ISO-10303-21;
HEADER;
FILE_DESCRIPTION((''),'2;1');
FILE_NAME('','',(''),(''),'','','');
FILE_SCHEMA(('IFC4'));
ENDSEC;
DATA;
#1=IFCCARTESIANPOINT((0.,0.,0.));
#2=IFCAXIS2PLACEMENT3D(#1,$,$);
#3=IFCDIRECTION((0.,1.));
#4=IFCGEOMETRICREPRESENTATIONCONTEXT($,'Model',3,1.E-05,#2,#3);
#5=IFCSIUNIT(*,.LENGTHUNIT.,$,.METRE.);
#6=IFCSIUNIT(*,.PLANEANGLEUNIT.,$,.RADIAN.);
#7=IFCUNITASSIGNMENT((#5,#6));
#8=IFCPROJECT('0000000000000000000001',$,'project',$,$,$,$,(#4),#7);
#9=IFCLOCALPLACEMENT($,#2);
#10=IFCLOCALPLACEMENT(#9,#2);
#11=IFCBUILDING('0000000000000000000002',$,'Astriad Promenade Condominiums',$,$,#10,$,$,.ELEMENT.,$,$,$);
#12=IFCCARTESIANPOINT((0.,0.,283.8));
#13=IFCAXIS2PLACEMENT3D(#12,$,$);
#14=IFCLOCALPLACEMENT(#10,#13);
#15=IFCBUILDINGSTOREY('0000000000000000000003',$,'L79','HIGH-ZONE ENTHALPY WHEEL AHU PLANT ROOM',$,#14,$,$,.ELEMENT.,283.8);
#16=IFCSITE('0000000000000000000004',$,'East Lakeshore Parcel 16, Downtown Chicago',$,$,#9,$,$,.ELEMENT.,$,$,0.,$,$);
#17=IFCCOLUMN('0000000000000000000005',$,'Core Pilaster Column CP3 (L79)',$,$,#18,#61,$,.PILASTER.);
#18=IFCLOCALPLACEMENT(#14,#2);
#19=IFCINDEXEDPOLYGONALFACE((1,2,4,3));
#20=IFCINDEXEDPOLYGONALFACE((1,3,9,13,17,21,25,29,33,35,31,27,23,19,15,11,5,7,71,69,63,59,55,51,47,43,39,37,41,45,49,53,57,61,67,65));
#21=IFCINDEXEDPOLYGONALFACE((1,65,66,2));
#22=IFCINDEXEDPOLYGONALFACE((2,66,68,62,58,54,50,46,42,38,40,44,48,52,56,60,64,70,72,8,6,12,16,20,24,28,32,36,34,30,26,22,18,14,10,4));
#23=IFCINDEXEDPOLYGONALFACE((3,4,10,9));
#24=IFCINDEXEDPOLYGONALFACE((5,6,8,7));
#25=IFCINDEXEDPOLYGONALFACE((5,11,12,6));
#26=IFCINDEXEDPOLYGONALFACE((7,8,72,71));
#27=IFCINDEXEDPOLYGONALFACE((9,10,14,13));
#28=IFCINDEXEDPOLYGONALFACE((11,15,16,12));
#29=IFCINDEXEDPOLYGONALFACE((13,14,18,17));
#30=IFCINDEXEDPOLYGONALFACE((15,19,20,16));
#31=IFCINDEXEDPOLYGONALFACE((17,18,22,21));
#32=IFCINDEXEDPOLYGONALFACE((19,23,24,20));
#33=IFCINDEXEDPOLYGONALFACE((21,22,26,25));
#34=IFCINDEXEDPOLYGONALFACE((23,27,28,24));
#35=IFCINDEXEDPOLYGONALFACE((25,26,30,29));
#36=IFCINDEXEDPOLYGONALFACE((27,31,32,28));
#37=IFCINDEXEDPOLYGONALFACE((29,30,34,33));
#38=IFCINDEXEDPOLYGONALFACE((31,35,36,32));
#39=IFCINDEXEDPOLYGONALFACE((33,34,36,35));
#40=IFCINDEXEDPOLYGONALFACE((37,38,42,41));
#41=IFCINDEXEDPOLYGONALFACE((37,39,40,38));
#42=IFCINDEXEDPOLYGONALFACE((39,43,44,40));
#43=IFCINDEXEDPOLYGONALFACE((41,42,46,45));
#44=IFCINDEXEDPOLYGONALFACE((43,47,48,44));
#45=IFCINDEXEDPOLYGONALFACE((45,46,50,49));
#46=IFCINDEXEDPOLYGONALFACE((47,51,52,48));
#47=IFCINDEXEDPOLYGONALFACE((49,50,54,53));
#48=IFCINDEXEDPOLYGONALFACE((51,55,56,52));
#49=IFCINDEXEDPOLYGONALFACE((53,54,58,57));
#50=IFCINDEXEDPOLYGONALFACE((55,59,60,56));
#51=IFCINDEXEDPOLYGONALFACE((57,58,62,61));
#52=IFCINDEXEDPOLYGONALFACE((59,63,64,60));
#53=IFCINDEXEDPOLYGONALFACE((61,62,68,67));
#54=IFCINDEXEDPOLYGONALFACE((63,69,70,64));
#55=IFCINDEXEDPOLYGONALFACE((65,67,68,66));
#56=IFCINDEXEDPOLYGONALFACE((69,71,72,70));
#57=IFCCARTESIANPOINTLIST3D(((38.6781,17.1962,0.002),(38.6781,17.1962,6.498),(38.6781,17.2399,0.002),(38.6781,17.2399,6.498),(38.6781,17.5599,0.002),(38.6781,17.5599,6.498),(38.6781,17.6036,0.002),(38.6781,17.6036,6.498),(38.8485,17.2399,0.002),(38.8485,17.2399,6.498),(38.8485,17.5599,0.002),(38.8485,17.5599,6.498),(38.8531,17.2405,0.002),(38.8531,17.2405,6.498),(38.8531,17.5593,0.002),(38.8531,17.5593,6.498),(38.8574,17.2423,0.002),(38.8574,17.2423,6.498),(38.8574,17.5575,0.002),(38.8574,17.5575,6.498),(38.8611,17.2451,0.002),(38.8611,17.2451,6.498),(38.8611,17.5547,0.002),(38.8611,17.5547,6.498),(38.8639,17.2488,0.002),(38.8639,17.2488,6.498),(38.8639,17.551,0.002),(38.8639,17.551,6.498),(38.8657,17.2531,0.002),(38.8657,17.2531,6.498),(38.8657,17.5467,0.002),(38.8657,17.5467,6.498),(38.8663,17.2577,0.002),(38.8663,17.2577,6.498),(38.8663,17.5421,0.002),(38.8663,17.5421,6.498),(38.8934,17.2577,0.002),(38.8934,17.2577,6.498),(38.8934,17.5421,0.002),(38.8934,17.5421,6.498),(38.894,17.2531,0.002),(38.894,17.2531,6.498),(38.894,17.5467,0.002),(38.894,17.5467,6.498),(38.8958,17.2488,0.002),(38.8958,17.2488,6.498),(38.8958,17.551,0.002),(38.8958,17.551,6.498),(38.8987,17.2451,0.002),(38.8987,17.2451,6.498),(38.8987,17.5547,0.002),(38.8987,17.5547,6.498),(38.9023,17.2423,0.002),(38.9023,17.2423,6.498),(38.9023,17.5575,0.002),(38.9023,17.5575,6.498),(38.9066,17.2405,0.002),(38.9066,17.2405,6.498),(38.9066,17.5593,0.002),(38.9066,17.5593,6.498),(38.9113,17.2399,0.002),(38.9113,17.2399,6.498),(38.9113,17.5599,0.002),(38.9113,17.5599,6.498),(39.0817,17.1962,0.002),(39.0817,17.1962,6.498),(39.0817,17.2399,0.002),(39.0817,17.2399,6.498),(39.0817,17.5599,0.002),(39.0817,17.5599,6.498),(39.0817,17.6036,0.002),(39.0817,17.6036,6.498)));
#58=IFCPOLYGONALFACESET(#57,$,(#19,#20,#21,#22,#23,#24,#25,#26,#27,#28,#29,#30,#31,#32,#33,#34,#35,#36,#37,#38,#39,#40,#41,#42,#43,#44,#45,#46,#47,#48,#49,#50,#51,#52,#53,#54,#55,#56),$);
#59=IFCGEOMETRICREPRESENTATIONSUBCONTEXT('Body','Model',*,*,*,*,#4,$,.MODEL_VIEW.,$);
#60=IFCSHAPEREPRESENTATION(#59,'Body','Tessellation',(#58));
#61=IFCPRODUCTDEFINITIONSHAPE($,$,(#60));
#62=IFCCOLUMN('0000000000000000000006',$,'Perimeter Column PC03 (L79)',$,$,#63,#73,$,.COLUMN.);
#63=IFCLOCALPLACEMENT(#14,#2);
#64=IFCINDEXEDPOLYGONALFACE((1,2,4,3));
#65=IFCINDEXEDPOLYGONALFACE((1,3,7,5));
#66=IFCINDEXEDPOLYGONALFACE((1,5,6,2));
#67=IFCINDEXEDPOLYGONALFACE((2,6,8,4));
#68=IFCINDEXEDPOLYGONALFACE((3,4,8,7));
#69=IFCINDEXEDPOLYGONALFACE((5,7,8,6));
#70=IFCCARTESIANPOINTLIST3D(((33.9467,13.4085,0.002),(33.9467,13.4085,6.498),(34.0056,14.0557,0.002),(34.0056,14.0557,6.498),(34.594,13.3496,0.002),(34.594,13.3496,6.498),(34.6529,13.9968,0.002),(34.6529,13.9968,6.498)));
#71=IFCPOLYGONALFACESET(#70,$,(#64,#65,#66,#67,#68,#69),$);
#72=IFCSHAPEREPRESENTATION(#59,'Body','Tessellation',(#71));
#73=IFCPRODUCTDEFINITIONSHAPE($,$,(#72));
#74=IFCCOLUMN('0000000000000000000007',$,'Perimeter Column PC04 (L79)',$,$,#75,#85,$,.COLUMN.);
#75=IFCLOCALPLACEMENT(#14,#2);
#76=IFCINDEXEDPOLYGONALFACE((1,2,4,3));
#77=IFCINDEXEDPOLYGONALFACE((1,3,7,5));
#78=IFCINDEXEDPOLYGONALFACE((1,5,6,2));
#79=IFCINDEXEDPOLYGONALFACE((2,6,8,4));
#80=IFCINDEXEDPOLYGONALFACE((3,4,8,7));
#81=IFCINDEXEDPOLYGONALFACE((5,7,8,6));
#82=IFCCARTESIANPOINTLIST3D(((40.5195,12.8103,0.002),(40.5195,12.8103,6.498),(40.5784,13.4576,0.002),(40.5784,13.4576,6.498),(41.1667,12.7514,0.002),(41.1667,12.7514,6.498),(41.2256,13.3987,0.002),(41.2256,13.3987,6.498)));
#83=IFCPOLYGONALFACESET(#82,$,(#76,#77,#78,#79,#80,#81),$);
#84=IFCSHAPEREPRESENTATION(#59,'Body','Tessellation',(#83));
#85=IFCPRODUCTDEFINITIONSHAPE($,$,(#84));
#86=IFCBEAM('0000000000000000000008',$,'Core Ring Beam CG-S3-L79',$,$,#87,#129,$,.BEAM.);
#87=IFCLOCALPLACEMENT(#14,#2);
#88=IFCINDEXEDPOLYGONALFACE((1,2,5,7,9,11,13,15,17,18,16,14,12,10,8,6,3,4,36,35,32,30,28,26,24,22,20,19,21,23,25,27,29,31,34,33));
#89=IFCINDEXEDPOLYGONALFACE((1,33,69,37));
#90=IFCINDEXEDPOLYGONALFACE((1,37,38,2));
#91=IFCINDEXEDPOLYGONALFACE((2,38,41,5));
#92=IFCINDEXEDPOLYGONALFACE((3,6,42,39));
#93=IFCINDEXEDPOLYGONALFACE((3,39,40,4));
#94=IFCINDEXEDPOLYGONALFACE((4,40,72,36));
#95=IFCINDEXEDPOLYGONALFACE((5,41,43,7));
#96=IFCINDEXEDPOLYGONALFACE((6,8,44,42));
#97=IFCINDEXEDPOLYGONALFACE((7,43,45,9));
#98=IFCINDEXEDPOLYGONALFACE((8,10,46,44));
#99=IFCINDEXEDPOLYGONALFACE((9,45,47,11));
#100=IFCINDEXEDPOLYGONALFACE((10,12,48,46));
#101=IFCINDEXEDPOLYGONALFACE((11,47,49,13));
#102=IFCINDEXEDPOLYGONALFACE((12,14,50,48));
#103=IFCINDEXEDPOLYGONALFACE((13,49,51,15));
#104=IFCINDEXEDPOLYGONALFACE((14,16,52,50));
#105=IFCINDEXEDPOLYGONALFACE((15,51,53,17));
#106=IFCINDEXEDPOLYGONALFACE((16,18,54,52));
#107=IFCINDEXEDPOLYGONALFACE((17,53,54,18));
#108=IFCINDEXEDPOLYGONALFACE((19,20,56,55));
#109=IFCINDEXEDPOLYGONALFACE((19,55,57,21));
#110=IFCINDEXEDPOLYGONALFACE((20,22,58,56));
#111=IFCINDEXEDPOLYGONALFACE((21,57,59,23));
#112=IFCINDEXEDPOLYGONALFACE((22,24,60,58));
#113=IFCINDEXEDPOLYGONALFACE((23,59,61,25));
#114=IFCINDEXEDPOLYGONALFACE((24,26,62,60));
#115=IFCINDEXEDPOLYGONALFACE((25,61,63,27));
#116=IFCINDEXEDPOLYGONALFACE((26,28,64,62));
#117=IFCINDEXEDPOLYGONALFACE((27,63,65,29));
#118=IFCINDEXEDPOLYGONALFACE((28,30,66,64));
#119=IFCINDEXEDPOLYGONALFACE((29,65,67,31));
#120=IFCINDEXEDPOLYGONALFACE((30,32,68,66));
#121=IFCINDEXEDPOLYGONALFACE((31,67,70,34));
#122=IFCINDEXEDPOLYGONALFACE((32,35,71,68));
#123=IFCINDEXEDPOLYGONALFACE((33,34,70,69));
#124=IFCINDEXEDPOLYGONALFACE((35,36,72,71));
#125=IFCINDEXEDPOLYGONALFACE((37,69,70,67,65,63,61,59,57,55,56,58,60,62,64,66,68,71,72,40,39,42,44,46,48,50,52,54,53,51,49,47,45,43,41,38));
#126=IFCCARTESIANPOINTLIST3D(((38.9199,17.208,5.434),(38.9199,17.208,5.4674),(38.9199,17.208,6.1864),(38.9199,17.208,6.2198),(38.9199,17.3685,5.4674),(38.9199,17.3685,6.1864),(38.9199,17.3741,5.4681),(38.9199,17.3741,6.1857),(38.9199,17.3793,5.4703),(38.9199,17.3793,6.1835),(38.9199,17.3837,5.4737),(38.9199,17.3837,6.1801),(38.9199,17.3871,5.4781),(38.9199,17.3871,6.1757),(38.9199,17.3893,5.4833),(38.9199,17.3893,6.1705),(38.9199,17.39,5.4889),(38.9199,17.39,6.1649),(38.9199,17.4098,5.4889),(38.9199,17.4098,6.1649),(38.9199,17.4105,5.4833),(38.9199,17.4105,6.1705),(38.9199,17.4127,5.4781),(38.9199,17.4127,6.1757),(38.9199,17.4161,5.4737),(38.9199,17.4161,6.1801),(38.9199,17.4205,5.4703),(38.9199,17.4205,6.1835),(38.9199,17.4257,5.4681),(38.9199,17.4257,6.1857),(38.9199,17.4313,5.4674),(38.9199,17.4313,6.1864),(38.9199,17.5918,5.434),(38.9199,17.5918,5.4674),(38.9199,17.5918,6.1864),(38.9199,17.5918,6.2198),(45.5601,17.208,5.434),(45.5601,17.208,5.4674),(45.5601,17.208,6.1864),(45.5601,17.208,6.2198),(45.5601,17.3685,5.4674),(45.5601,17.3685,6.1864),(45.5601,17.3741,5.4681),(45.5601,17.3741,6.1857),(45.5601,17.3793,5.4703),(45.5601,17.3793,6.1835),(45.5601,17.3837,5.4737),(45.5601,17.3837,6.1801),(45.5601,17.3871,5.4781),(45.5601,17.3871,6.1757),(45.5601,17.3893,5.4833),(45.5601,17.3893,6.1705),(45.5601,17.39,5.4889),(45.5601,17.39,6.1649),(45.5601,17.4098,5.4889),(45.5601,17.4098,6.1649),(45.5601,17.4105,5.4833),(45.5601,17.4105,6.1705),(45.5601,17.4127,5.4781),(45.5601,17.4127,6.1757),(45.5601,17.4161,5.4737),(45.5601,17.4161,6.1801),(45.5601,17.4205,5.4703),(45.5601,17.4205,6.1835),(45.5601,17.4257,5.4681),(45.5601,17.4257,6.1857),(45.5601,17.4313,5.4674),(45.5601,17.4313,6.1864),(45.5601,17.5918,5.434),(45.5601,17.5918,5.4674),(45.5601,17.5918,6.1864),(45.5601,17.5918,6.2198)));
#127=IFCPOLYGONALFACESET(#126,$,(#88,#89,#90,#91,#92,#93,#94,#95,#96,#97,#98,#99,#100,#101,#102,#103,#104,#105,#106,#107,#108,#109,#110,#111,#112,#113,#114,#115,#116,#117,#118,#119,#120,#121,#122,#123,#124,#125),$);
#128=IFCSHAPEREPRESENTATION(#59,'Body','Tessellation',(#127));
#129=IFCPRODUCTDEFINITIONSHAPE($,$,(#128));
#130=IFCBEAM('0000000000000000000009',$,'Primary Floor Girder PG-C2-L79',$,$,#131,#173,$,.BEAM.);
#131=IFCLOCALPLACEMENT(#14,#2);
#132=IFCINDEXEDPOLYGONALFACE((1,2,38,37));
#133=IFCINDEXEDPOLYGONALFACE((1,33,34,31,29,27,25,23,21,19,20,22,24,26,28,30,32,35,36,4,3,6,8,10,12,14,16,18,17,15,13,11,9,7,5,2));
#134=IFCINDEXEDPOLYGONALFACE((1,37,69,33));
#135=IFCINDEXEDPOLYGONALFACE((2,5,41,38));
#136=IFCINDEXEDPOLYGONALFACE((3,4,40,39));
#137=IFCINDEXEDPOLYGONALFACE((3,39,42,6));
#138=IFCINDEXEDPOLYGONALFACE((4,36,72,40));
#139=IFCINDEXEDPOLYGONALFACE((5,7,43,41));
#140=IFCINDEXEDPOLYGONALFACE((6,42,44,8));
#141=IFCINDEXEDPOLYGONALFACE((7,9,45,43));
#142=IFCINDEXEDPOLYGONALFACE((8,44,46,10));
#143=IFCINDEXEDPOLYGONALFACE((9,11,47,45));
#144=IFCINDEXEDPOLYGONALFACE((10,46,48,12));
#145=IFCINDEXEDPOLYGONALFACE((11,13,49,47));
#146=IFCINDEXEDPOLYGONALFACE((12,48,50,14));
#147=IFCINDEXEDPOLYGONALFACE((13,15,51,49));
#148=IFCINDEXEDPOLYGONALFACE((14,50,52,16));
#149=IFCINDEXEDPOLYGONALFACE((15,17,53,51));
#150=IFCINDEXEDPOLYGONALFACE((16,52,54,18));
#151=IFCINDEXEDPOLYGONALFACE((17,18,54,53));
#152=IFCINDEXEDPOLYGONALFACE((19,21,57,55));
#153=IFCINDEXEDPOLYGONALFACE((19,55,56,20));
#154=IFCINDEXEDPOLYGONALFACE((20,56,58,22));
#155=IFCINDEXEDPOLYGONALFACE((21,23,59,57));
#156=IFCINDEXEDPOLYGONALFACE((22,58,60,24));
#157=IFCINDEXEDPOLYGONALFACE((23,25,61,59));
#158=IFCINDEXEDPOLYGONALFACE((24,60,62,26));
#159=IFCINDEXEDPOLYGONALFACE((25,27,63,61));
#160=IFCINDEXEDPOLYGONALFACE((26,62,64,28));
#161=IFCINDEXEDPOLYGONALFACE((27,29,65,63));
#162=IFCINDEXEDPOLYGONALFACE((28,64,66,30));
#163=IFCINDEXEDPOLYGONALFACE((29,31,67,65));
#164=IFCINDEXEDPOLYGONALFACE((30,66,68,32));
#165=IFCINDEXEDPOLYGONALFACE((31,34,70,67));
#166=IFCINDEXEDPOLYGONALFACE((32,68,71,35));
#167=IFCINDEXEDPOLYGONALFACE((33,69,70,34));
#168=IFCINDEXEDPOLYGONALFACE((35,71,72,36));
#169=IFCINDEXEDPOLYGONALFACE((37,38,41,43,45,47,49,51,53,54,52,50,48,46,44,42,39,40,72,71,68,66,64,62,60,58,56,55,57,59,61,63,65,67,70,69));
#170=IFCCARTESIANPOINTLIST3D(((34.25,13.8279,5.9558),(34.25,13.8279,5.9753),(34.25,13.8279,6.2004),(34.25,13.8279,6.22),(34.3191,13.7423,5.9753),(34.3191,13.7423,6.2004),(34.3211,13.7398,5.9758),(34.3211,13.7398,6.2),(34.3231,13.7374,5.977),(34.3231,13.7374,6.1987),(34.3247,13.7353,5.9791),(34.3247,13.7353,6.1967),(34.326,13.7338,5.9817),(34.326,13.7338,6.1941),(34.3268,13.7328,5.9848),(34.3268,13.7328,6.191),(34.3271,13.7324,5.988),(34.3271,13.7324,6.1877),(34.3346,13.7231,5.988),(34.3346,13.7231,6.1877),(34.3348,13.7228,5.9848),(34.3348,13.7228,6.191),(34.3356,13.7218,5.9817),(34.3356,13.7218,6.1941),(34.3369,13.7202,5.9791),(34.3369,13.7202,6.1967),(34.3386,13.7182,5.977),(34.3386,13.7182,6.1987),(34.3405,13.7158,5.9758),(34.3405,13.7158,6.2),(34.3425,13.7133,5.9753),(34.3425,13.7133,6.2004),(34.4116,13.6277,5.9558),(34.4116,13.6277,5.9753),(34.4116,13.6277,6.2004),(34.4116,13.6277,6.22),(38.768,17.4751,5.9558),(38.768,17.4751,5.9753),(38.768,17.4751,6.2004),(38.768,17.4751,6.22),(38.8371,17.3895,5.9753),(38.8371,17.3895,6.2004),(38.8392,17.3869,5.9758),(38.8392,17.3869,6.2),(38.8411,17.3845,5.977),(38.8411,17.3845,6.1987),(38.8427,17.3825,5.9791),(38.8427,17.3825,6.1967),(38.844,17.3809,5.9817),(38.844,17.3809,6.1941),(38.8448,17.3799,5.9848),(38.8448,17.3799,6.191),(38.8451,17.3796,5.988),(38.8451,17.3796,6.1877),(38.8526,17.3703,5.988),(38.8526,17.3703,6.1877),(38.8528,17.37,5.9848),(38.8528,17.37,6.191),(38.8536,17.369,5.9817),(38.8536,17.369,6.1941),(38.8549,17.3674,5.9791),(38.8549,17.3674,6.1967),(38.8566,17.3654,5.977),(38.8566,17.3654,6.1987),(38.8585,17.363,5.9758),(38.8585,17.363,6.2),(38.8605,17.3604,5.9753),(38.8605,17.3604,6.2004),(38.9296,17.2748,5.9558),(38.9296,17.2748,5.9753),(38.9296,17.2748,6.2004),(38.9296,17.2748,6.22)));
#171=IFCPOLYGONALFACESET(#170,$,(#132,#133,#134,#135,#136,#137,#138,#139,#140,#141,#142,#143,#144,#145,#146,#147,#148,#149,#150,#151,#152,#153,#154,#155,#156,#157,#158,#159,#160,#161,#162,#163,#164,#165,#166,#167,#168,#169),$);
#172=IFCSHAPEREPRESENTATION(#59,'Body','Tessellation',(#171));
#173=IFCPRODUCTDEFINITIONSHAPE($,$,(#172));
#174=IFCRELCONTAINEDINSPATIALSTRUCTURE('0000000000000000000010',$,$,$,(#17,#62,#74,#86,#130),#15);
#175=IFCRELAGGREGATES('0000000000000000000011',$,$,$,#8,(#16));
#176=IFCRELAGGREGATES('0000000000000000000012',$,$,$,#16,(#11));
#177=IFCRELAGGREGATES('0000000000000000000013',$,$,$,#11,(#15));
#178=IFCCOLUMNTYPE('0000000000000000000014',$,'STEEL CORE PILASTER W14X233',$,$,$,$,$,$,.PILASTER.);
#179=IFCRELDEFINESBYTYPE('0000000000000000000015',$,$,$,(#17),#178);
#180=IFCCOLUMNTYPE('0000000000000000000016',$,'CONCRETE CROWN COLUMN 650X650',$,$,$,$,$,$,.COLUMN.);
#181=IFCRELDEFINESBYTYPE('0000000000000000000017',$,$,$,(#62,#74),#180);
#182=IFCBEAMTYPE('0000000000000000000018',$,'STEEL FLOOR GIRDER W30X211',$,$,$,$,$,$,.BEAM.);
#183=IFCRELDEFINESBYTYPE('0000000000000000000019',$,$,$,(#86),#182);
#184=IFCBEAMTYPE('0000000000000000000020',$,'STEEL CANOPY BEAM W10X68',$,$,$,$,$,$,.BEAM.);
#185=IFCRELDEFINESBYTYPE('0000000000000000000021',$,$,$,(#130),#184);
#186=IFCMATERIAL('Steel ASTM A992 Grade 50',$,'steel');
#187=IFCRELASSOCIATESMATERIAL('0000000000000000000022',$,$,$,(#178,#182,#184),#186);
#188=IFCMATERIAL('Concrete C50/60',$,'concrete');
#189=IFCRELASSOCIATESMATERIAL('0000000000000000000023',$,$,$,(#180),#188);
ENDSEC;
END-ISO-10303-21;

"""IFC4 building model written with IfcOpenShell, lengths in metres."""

from ifc_helpers import new_model, si_unit, direction, frame, origin, origin_2d, place, context, subcontext, project, spatial, rectangle, i_section, extrude, source, transform, mapped, material, material_profile, profile_set, type_object, type_shapes, element, save


model = new_model("IFC4")

# Units and contexts
model_context = context("Model", 3, precision=1e-05, world=origin(), true_north=direction((0.0, 1.0)))
body_context = subcontext(model_context, "Body", "Model", "MODEL_VIEW")
ifc_project = project(units=[si_unit("LENGTHUNIT", "METRE"), si_unit("PLANEANGLEUNIT", "RADIAN")], contexts=[model_context])

# Site, building, storey
site_placement = place(None, origin())
site = spatial("IfcSite", under=ifc_project, at=site_placement, Name="East Lakeshore Parcel 16, Downtown Chicago", CompositionType="ELEMENT", RefElevation=0.0)
building_placement = place(site_placement, origin())
building = spatial("IfcBuilding", under=site, at=building_placement, Name="Astriad Promenade Condominiums", CompositionType="ELEMENT")
storey_placement = place(building_placement, frame((0.0, 0.0, 283.8)))
storey = spatial("IfcBuildingStorey", under=building, at=storey_placement, Name="L79", Description="HIGH-ZONE ENTHALPY WHEEL AHU PLANT ROOM", CompositionType="ELEMENT", Elevation=283.8)

# Columns
ifc_material_1 = material(Name="Steel ASTM A992 Grade 50", Category="steel")
ifc_material_profile_1 = material_profile(ifc_material_1, i_section(OverallWidth=0.4036, OverallDepth=0.4075, WebThickness=0.0271, FlangeThickness=0.0437, FilletRadius=0.0178, at=origin_2d()), Name="W14X233")
ifc_profile_set_1 = profile_set([ifc_material_profile_1], Name="Steel ASTM A992 Grade 50")
column_type_1 = type_object("IfcColumnType", Name="STEEL CORE PILASTER W14X233", PredefinedType="PILASTER", material=ifc_profile_set_1)
shared_shape_1 = source(origin(), body_context, "Body", "SweptSolid", [
    extrude(i_section(OverallWidth=0.4036, OverallDepth=0.4075, WebThickness=0.0271, FlangeThickness=0.0437, FilletRadius=0.0178, at=origin_2d()), origin(), (0.0, 0.0, 1.0), 6.4961),
])
type_shapes(column_type_1, [shared_shape_1])
column_placement = place(storey_placement, frame((38.8799, 17.3999, 0.002), z_axis=(0.0, 0.0, 1.0), x_axis=(1.0, 0.0, 0.0)))
element("IfcColumn", 1, at=column_placement, inside=storey, type_object=column_type_1, Name="Core Pilaster Column CP3 (L79)", PredefinedType="PILASTER", context=body_context, shape_type="MappedRepresentation", body=[
    mapped(shared_shape_1, transform((0.0, 0.0, 0.0), scale=1.0)),
])
ifc_material_2 = material(Name="Concrete C50/60", Category="concrete")
ifc_material_profile_2 = material_profile(ifc_material_2, rectangle(XDim=0.6499, YDim=0.6499, at=origin_2d()), Name="RC-COL-650X650")
ifc_profile_set_2 = profile_set([ifc_material_profile_2], Name="Concrete C50/60")
column_type_2 = type_object("IfcColumnType", Name="CONCRETE CROWN COLUMN 650X650", PredefinedType="COLUMN", material=ifc_profile_set_2)
shared_shape_2 = source(origin(), body_context, "Body", "SweptSolid", [
    extrude(rectangle(XDim=0.6499, YDim=0.6499, at=origin_2d()), origin(), (0.0, 0.0, 1.0), 6.4961),
])
type_shapes(column_type_2, [shared_shape_2])
for number, where, z_axis, x_axis, name in (
    (2, (34.2998, 13.7026, 0.002), (0.0, 0.0, 1.0), (0.995884, -0.090633, 0.0), "Perimeter Column PC03 (L79)"),
    (3, (40.8726, 13.1045, 0.002), (0.0, 0.0, 1.0), (0.995884, -0.090633, 0.0), "Perimeter Column PC04 (L79)"),
):
    element("IfcColumn", number, at=place(storey_placement, frame(where, z_axis=z_axis, x_axis=x_axis)), inside=storey, type_object=column_type_2, Name=name, PredefinedType="COLUMN", context=body_context, shape_type="MappedRepresentation", body=[
        mapped(shared_shape_2, transform((0.0, 0.0, 0.0), scale=1.0)),
    ])

# Beams
ifc_material_profile_3 = material_profile(ifc_material_1, i_section(OverallWidth=0.3838, OverallDepth=0.7859, WebThickness=0.0198, FlangeThickness=0.0334, FilletRadius=0.0215, at=origin_2d()), Name="W30X211")
ifc_profile_set_3 = profile_set([ifc_material_profile_3], Name="Steel ASTM A992 Grade 50")
beam_type_1 = type_object("IfcBeamType", Name="STEEL FLOOR GIRDER W30X211", PredefinedType="BEAM", material=ifc_profile_set_3)
shared_shape_3 = source(origin(), body_context, "Body", "SweptSolid", [
    extrude(i_section(OverallWidth=0.3838, OverallDepth=0.7859, WebThickness=0.0198, FlangeThickness=0.0334, FilletRadius=0.0215, at=origin_2d()), origin(), (0.0, 0.0, 1.0), 6.6401),
])
type_shapes(beam_type_1, [shared_shape_3])
beam_1_placement = place(storey_placement, frame((38.9199, 17.3999, 5.8269), z_axis=(1.0, 0.0, 0.0), x_axis=(0.0, 1.0, 0.0)))
element("IfcBeam", 4, at=beam_1_placement, inside=storey, type_object=beam_type_1, Name="Core Ring Beam CG-S3-L79", PredefinedType="BEAM", context=body_context, shape_type="MappedRepresentation", body=[
    mapped(shared_shape_3, transform((0.0, 0.0, 0.0), scale=1.0)),
])
ifc_material_profile_4 = material_profile(ifc_material_1, i_section(OverallWidth=0.2573, OverallDepth=0.2642, WebThickness=0.012, FlangeThickness=0.0195, FilletRadius=0.0127, at=origin_2d()), Name="W10X68")
ifc_profile_set_4 = profile_set([ifc_material_profile_4], Name="Steel ASTM A992 Grade 50")
beam_type_2 = type_object("IfcBeamType", Name="STEEL CANOPY BEAM W10X68", PredefinedType="BEAM", material=ifc_profile_set_4)
shared_shape_4 = source(origin(), body_context, "Body", "SweptSolid", [
    extrude(i_section(OverallWidth=0.2573, OverallDepth=0.2642, WebThickness=0.012, FlangeThickness=0.0195, FilletRadius=0.0127, at=origin_2d()), origin(), (0.0, 0.0, 1.0), 5.8064),
])
beam_2_placement = place(storey_placement, frame((34.3308, 13.7278, 6.0879), z_axis=(0.778109, 0.62813, 0.0), x_axis=(-0.62813, 0.778109, 0.0)))
element("IfcBeam", 5, at=beam_2_placement, inside=storey, type_object=beam_type_2, Name="Primary Floor Girder PG-C2-L79", PredefinedType="BEAM", context=body_context, shape_type="MappedRepresentation", body=[
    mapped(shared_shape_4, transform((0.0, 0.0, 0.0), scale=1.0)),
])

save(model, "model.ifc")
